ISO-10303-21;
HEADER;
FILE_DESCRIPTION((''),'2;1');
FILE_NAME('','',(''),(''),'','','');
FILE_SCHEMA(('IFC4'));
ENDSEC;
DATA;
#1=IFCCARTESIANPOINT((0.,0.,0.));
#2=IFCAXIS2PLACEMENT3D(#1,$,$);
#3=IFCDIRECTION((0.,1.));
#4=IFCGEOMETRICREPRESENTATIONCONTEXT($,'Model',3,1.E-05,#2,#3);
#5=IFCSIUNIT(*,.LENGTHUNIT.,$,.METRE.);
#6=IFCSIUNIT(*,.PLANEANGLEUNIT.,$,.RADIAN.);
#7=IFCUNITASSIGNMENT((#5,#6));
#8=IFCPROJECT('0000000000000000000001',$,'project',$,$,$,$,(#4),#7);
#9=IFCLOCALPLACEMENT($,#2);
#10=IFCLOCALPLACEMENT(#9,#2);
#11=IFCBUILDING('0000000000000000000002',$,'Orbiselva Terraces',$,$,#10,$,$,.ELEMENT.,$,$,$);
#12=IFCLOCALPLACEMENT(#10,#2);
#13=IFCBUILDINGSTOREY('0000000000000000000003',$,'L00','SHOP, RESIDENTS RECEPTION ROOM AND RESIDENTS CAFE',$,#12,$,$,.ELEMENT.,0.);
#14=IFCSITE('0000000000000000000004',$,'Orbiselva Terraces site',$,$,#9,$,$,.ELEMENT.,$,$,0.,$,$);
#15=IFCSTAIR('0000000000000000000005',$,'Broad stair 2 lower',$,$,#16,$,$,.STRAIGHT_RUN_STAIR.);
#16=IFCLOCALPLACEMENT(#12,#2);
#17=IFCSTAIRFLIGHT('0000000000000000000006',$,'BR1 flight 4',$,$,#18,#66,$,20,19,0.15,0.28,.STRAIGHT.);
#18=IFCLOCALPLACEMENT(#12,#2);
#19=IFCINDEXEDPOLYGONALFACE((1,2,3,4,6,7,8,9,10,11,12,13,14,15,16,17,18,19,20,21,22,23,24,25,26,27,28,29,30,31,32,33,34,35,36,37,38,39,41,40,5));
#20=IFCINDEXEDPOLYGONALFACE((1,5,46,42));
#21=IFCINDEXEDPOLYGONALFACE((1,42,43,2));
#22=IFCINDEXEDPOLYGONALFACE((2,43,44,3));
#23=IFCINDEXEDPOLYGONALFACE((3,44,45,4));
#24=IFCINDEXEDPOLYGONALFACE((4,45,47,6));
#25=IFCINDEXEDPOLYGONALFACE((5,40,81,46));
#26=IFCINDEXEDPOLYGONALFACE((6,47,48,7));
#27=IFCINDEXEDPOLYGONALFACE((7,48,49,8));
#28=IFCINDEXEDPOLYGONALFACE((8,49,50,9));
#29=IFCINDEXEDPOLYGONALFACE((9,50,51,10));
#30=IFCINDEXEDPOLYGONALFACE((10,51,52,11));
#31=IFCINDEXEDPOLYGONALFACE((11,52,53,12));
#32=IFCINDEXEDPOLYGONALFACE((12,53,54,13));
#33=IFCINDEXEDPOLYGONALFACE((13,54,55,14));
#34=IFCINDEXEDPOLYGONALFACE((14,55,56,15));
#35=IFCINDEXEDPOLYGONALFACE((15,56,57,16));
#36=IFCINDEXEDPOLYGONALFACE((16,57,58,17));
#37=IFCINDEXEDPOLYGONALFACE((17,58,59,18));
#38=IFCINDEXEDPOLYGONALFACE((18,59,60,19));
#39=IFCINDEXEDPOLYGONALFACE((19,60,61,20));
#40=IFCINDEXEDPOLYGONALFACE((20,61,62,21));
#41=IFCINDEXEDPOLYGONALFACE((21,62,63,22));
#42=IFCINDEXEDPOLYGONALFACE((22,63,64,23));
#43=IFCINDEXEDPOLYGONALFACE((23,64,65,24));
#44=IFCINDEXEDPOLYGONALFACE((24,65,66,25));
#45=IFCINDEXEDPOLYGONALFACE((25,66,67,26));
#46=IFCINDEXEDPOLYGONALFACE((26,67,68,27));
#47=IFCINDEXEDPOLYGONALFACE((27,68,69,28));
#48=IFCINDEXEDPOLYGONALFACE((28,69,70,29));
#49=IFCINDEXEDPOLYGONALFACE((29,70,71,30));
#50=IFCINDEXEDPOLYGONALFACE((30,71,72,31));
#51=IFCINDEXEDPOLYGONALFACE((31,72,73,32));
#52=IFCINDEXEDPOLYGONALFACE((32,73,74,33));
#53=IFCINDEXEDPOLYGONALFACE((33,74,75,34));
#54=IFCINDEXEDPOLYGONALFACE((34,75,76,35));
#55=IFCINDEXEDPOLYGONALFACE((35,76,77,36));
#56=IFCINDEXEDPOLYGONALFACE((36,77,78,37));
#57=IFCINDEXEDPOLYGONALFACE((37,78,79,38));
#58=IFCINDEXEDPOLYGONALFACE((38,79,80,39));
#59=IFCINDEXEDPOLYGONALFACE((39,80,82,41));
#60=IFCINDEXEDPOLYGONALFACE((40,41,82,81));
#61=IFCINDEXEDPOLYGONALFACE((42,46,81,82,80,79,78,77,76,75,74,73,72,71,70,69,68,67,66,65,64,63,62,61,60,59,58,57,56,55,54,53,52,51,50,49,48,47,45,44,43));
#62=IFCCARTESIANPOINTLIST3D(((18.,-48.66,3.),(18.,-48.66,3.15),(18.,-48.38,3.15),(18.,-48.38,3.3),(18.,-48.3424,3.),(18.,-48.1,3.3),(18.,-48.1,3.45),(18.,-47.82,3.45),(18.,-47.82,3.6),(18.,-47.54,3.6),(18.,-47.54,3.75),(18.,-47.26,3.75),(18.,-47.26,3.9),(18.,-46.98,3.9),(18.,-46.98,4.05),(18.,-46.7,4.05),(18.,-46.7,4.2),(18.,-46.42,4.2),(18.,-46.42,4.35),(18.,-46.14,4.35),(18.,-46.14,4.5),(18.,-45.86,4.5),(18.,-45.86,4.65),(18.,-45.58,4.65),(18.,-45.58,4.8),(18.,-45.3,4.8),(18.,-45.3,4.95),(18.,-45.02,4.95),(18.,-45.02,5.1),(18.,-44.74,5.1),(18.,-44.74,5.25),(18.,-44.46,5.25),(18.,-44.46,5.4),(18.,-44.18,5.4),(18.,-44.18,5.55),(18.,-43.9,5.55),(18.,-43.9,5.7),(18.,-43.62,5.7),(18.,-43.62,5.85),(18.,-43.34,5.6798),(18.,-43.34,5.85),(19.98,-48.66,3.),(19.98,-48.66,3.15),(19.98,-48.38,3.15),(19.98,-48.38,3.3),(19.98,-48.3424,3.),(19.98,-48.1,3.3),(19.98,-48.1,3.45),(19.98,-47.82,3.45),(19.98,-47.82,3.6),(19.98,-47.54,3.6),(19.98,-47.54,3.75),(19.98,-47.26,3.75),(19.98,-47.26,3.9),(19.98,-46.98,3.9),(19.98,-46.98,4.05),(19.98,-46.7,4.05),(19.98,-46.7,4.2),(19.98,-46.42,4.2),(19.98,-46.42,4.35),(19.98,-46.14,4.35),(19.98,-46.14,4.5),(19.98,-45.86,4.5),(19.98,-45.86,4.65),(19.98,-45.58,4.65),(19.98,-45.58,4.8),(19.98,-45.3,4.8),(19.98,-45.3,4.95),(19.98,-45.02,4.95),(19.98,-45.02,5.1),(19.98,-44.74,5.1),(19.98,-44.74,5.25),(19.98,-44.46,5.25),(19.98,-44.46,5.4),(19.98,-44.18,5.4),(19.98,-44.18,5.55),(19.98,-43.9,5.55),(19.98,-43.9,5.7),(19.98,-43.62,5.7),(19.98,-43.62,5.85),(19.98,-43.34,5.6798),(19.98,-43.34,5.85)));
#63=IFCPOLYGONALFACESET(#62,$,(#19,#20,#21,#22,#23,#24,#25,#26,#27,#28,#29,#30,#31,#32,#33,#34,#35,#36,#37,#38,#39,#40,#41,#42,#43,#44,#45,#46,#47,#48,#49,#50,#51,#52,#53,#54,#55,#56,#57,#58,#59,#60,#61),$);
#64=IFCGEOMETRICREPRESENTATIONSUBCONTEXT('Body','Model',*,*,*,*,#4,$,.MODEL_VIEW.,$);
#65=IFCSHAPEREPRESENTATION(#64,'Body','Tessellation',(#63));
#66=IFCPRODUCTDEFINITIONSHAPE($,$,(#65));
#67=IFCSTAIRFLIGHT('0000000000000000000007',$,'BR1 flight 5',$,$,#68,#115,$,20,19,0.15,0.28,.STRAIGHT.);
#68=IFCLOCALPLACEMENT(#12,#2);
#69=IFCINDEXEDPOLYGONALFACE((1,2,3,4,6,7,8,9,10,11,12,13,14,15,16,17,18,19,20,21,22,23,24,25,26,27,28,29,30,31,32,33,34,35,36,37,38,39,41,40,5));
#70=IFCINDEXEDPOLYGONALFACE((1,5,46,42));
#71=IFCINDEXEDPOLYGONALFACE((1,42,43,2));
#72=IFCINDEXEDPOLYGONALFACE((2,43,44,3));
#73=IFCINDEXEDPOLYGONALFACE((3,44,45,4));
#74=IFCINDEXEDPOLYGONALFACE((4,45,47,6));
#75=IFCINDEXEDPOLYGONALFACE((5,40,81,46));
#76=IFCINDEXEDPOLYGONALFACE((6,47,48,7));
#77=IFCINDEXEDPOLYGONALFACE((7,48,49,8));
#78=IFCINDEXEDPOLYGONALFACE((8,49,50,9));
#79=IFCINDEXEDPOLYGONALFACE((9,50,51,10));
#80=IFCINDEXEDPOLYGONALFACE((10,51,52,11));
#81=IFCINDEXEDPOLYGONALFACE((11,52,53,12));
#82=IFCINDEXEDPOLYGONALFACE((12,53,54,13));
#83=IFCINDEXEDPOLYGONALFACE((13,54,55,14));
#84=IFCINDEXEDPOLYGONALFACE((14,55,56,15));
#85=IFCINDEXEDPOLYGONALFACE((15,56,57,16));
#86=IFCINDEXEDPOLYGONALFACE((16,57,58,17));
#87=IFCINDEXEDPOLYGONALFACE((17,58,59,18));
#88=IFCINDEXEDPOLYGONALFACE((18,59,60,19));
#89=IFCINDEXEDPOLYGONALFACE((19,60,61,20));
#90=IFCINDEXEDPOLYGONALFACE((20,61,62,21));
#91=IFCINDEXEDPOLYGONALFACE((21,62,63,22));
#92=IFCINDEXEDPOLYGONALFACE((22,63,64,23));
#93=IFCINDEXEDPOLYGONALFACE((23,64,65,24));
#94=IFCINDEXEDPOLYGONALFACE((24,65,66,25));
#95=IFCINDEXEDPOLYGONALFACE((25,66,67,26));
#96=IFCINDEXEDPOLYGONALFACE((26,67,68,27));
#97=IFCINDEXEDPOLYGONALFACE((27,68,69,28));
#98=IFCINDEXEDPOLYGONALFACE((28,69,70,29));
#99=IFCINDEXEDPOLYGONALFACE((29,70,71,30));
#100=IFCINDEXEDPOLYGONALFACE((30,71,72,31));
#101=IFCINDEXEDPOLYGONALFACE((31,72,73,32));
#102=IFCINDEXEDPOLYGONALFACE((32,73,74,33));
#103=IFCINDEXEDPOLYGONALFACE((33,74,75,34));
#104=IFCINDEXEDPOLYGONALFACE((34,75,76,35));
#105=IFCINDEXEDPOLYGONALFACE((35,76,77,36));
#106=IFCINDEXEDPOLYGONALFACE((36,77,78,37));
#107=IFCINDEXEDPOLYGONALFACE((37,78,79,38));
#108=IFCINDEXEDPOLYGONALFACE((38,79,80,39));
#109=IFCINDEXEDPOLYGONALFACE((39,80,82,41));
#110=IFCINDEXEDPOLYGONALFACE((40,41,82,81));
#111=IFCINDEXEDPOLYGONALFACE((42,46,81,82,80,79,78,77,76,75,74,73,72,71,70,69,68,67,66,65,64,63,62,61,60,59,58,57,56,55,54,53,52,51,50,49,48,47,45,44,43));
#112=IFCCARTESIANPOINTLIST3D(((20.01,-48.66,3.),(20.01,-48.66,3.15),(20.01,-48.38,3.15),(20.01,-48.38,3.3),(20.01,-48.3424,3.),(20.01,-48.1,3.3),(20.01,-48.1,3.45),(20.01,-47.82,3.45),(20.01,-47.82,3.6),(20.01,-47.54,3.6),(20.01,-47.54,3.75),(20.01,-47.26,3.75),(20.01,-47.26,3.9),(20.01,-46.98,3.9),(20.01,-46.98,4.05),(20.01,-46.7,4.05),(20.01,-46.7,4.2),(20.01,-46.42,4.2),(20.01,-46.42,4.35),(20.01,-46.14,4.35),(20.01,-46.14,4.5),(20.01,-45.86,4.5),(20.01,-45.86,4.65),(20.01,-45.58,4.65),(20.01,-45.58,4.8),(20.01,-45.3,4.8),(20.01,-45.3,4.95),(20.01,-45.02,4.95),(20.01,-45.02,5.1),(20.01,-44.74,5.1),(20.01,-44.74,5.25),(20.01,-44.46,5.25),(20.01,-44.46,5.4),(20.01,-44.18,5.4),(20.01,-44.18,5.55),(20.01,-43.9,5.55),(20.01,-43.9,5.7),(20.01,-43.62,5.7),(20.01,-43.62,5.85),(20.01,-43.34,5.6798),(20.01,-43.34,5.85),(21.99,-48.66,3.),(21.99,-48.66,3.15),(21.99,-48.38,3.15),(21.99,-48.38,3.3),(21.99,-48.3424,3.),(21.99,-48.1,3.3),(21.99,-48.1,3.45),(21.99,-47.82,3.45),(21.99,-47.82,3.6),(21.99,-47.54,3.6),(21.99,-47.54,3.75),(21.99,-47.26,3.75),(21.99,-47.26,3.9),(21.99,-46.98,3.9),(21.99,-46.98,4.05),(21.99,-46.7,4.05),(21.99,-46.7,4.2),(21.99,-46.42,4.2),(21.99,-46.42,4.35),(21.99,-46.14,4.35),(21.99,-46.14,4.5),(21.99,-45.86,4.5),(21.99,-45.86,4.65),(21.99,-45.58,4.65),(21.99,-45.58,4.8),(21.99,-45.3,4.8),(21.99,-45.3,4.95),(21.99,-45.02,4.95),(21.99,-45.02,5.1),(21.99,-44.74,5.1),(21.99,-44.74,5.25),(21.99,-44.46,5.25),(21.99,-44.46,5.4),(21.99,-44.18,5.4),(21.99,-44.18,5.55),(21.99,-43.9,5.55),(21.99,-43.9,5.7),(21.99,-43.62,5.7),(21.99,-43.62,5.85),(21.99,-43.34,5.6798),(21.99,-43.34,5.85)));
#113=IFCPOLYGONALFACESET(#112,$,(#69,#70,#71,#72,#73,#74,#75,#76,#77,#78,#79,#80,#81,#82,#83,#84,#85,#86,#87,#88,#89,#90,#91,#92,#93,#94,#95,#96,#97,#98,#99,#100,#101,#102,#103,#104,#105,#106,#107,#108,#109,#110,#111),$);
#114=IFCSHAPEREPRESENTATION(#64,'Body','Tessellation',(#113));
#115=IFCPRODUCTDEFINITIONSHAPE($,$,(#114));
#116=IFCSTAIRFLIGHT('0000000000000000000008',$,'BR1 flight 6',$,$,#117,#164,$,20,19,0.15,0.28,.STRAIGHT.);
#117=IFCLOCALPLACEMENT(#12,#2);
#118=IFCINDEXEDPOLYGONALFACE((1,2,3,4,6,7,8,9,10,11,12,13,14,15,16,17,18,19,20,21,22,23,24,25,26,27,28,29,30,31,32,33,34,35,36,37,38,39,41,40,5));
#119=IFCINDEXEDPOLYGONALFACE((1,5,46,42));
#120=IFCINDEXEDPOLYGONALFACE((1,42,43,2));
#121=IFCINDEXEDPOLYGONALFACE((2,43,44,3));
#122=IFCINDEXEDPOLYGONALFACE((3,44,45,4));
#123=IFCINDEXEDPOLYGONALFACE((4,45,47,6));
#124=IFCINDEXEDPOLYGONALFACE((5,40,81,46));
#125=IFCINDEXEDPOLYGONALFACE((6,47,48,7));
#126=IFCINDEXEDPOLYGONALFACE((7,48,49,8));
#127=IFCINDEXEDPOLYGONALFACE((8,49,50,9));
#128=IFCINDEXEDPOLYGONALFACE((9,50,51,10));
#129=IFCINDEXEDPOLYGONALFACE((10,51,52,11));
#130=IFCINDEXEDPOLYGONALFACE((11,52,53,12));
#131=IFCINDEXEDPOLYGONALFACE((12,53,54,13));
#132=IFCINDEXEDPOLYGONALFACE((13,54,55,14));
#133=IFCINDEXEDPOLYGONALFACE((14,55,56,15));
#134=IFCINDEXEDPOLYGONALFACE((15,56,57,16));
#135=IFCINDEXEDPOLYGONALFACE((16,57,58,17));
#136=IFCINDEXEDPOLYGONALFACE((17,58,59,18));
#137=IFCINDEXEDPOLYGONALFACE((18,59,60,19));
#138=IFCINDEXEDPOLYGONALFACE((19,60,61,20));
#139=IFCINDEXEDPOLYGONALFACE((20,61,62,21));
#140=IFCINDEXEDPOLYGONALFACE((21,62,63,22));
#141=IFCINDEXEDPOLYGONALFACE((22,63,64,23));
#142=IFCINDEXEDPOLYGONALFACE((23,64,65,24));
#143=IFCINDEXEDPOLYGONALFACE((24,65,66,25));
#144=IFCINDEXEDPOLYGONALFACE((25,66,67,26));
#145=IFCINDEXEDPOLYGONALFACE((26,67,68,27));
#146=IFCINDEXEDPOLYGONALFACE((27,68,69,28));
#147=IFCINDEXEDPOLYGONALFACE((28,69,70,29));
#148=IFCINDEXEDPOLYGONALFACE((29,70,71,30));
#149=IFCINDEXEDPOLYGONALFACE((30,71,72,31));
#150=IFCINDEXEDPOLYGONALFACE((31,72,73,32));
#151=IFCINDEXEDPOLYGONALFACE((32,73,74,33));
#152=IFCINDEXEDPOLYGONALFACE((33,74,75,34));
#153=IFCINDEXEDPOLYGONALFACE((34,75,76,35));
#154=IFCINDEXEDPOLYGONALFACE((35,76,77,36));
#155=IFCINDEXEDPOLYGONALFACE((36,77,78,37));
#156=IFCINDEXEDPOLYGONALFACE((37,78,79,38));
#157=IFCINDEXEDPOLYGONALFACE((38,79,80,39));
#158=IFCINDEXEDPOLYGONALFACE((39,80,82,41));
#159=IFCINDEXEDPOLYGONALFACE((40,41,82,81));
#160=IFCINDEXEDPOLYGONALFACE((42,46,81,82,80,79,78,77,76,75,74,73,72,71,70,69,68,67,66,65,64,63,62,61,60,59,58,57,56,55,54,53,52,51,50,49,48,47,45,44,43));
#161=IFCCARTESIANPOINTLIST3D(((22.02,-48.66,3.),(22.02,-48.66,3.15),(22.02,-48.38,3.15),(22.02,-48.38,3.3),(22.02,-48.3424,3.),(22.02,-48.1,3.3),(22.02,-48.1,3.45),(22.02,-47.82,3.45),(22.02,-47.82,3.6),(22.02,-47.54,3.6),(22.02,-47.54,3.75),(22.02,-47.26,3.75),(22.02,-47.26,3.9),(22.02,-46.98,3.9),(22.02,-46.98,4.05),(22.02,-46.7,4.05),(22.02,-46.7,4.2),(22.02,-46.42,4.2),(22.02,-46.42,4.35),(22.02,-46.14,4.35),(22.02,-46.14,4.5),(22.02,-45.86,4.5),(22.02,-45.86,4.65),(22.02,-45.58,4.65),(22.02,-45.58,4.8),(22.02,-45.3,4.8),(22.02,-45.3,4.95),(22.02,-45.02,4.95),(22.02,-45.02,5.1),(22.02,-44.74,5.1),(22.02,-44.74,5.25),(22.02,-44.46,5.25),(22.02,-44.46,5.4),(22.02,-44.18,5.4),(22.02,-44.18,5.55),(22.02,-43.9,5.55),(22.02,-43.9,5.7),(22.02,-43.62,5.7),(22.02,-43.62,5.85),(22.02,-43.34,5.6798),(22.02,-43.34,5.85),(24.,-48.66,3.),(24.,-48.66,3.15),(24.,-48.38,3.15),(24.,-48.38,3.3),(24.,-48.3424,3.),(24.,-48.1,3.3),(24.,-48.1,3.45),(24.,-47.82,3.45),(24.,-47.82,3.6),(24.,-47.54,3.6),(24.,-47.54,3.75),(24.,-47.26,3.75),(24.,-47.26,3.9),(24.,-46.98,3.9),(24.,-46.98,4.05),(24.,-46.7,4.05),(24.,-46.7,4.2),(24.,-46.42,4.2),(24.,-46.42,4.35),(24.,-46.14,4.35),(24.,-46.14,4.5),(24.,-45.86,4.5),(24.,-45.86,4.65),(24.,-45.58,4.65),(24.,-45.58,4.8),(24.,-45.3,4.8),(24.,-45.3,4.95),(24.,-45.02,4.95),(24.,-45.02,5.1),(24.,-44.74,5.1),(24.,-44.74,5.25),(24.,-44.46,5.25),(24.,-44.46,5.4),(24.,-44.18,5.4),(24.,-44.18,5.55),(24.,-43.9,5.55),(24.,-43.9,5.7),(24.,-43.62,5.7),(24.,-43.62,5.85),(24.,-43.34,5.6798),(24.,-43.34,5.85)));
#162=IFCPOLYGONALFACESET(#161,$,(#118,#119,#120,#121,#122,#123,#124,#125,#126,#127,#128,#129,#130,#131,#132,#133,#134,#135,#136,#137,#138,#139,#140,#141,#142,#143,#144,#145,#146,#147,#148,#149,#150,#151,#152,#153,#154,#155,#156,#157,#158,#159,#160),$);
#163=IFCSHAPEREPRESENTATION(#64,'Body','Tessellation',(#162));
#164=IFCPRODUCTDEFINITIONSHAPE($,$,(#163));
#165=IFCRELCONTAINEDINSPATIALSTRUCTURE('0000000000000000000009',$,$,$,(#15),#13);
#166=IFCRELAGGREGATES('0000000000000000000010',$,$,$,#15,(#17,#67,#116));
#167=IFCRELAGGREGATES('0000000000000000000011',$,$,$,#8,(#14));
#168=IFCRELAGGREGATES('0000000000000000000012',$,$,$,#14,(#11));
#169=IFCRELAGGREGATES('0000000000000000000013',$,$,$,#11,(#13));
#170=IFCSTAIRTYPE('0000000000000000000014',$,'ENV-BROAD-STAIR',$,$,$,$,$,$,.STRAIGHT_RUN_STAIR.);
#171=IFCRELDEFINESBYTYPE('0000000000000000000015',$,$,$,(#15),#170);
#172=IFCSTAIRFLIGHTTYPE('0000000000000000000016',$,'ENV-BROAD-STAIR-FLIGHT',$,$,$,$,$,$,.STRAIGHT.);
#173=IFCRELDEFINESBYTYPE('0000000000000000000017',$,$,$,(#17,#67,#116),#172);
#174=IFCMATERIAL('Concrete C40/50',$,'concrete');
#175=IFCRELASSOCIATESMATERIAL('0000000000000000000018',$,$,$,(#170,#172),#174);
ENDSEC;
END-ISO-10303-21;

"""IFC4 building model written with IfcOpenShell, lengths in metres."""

from ifc_helpers import new_model, si_unit, direction, frame, origin, place, context, subcontext, project, spatial, polyline, outline, extrude, material, type_object, element, aggregate, save


model = new_model("IFC4")

# Units and contexts
model_context = context("Model", 3, precision=1e-05, world=origin(), true_north=direction((0.0, 1.0)))
body_context = subcontext(model_context, "Body", "Model", "MODEL_VIEW")
ifc_project = project(units=[si_unit("LENGTHUNIT", "METRE"), si_unit("PLANEANGLEUNIT", "RADIAN")], contexts=[model_context])

# Site, building, storey
site_placement = place(None, origin())
site = spatial("IfcSite", under=ifc_project, at=site_placement, Name="Orbiselva Terraces site", CompositionType="ELEMENT", RefElevation=0.0)
building_placement = place(site_placement, origin())
building = spatial("IfcBuilding", under=site, at=building_placement, Name="Orbiselva Terraces", CompositionType="ELEMENT")
storey_placement = place(building_placement, origin())
storey = spatial("IfcBuildingStorey", under=building, at=storey_placement, Name="L00", Description="SHOP, RESIDENTS RECEPTION ROOM AND RESIDENTS CAFE", CompositionType="ELEMENT", Elevation=0.0)

# Shared definitions
ifc_material_1 = material(Name="Concrete C40/50", Category="concrete")

# Stair, stair flights
stair_type = type_object("IfcStairType", Name="ENV-BROAD-STAIR", PredefinedType="STRAIGHT_RUN_STAIR", material=ifc_material_1)
stair_placement = place(storey_placement, origin())
stair = element("IfcStair", 1, at=stair_placement, inside=storey, type_object=stair_type, Name="Broad stair 2 lower", PredefinedType="STRAIGHT_RUN_STAIR")
stair_flight_type = type_object("IfcStairFlightType", Name="ENV-BROAD-STAIR-FLIGHT", PredefinedType="STRAIGHT", material=ifc_material_1)
stair_flight_1_placement = place(storey_placement, frame((18.99, -48.66, 3.0), z_axis=(0.0, 0.0, 1.0), x_axis=(0.0, 1.0, 0.0)))
stair_flight_1 = element("IfcStairFlight", 2, at=stair_flight_1_placement, type_object=stair_flight_type, Name="BR1 flight 4", NumberOfRisers=20, NumberOfTreads=19, PredefinedType="STRAIGHT", RiserHeight=0.15, TreadLength=0.28, context=body_context, shape_type="SweptSolid", body=[
    extrude(outline(polyline([(0.0, 0.0), (0.0, 0.15), (0.28, 0.15), (0.28, 0.3), (0.56, 0.3), (0.56, 0.45), (0.84, 0.45), (0.84, 0.6), (1.12, 0.6), (1.12, 0.75), (1.4, 0.75), (1.4, 0.9), (1.68, 0.9), (1.68, 1.05), (1.96, 1.05), (1.96, 1.2), (2.24, 1.2), (2.24, 1.35), (2.52, 1.35), (2.52, 1.5), (2.8, 1.5), (2.8, 1.65), (3.08, 1.65), (3.08, 1.8), (3.36, 1.8), (3.36, 1.95), (3.64, 1.95), (3.64, 2.1), (3.92, 2.1), (3.92, 2.25), (4.2, 2.25), (4.2, 2.4), (4.48, 2.4), (4.48, 2.55), (4.76, 2.55), (4.76, 2.7), (5.04, 2.7), (5.04, 2.85), (5.32, 2.85), (5.32, 3.0), (5.32, 2.6798), (0.3176, 0.0), (0.0, 0.0)])), frame((0.0, 0.99, 0.0), z_axis=(0.0, -1.0, 0.0), x_axis=(1.0, 0.0, 0.0)), (0.0, 0.0, 1.0), 1.98),
])
stair_flight_2_placement = place(storey_placement, frame((21.0, -48.66, 3.0), z_axis=(0.0, 0.0, 1.0), x_axis=(0.0, 1.0, 0.0)))
stair_flight_2 = element("IfcStairFlight", 3, at=stair_flight_2_placement, type_object=stair_flight_type, Name="BR1 flight 5", NumberOfRisers=20, NumberOfTreads=19, PredefinedType="STRAIGHT", RiserHeight=0.15, TreadLength=0.28, context=body_context, shape_type="SweptSolid", body=[
    extrude(outline(polyline([(0.0, 0.0), (0.0, 0.15), (0.28, 0.15), (0.28, 0.3), (0.56, 0.3), (0.56, 0.45), (0.84, 0.45), (0.84, 0.6), (1.12, 0.6), (1.12, 0.75), (1.4, 0.75), (1.4, 0.9), (1.68, 0.9), (1.68, 1.05), (1.96, 1.05), (1.96, 1.2), (2.24, 1.2), (2.24, 1.35), (2.52, 1.35), (2.52, 1.5), (2.8, 1.5), (2.8, 1.65), (3.08, 1.65), (3.08, 1.8), (3.36, 1.8), (3.36, 1.95), (3.64, 1.95), (3.64, 2.1), (3.92, 2.1), (3.92, 2.25), (4.2, 2.25), (4.2, 2.4), (4.48, 2.4), (4.48, 2.55), (4.76, 2.55), (4.76, 2.7), (5.04, 2.7), (5.04, 2.85), (5.32, 2.85), (5.32, 3.0), (5.32, 2.6798), (0.3176, 0.0), (0.0, 0.0)])), frame((0.0, 0.99, 0.0), z_axis=(0.0, -1.0, 0.0), x_axis=(1.0, 0.0, 0.0)), (0.0, 0.0, 1.0), 1.98),
])
stair_flight_3_placement = place(storey_placement, frame((23.01, -48.66, 3.0), z_axis=(0.0, 0.0, 1.0), x_axis=(0.0, 1.0, 0.0)))
stair_flight_3 = element("IfcStairFlight", 4, at=stair_flight_3_placement, type_object=stair_flight_type, Name="BR1 flight 6", NumberOfRisers=20, NumberOfTreads=19, PredefinedType="STRAIGHT", RiserHeight=0.15, TreadLength=0.28, context=body_context, shape_type="SweptSolid", body=[
    extrude(outline(polyline([(0.0, 0.0), (0.0, 0.15), (0.28, 0.15), (0.28, 0.3), (0.56, 0.3), (0.56, 0.45), (0.84, 0.45), (0.84, 0.6), (1.12, 0.6), (1.12, 0.75), (1.4, 0.75), (1.4, 0.9), (1.68, 0.9), (1.68, 1.05), (1.96, 1.05), (1.96, 1.2), (2.24, 1.2), (2.24, 1.35), (2.52, 1.35), (2.52, 1.5), (2.8, 1.5), (2.8, 1.65), (3.08, 1.65), (3.08, 1.8), (3.36, 1.8), (3.36, 1.95), (3.64, 1.95), (3.64, 2.1), (3.92, 2.1), (3.92, 2.25), (4.2, 2.25), (4.2, 2.4), (4.48, 2.4), (4.48, 2.55), (4.76, 2.55), (4.76, 2.7), (5.04, 2.7), (5.04, 2.85), (5.32, 2.85), (5.32, 3.0), (5.32, 2.6798), (0.3176, 0.0), (0.0, 0.0)])), frame((0.0, 0.99, 0.0), z_axis=(0.0, -1.0, 0.0), x_axis=(1.0, 0.0, 0.0)), (0.0, 0.0, 1.0), 1.98),
])
aggregate(stair, [stair_flight_1, stair_flight_2, stair_flight_3])

save(model, "model.ifc")
